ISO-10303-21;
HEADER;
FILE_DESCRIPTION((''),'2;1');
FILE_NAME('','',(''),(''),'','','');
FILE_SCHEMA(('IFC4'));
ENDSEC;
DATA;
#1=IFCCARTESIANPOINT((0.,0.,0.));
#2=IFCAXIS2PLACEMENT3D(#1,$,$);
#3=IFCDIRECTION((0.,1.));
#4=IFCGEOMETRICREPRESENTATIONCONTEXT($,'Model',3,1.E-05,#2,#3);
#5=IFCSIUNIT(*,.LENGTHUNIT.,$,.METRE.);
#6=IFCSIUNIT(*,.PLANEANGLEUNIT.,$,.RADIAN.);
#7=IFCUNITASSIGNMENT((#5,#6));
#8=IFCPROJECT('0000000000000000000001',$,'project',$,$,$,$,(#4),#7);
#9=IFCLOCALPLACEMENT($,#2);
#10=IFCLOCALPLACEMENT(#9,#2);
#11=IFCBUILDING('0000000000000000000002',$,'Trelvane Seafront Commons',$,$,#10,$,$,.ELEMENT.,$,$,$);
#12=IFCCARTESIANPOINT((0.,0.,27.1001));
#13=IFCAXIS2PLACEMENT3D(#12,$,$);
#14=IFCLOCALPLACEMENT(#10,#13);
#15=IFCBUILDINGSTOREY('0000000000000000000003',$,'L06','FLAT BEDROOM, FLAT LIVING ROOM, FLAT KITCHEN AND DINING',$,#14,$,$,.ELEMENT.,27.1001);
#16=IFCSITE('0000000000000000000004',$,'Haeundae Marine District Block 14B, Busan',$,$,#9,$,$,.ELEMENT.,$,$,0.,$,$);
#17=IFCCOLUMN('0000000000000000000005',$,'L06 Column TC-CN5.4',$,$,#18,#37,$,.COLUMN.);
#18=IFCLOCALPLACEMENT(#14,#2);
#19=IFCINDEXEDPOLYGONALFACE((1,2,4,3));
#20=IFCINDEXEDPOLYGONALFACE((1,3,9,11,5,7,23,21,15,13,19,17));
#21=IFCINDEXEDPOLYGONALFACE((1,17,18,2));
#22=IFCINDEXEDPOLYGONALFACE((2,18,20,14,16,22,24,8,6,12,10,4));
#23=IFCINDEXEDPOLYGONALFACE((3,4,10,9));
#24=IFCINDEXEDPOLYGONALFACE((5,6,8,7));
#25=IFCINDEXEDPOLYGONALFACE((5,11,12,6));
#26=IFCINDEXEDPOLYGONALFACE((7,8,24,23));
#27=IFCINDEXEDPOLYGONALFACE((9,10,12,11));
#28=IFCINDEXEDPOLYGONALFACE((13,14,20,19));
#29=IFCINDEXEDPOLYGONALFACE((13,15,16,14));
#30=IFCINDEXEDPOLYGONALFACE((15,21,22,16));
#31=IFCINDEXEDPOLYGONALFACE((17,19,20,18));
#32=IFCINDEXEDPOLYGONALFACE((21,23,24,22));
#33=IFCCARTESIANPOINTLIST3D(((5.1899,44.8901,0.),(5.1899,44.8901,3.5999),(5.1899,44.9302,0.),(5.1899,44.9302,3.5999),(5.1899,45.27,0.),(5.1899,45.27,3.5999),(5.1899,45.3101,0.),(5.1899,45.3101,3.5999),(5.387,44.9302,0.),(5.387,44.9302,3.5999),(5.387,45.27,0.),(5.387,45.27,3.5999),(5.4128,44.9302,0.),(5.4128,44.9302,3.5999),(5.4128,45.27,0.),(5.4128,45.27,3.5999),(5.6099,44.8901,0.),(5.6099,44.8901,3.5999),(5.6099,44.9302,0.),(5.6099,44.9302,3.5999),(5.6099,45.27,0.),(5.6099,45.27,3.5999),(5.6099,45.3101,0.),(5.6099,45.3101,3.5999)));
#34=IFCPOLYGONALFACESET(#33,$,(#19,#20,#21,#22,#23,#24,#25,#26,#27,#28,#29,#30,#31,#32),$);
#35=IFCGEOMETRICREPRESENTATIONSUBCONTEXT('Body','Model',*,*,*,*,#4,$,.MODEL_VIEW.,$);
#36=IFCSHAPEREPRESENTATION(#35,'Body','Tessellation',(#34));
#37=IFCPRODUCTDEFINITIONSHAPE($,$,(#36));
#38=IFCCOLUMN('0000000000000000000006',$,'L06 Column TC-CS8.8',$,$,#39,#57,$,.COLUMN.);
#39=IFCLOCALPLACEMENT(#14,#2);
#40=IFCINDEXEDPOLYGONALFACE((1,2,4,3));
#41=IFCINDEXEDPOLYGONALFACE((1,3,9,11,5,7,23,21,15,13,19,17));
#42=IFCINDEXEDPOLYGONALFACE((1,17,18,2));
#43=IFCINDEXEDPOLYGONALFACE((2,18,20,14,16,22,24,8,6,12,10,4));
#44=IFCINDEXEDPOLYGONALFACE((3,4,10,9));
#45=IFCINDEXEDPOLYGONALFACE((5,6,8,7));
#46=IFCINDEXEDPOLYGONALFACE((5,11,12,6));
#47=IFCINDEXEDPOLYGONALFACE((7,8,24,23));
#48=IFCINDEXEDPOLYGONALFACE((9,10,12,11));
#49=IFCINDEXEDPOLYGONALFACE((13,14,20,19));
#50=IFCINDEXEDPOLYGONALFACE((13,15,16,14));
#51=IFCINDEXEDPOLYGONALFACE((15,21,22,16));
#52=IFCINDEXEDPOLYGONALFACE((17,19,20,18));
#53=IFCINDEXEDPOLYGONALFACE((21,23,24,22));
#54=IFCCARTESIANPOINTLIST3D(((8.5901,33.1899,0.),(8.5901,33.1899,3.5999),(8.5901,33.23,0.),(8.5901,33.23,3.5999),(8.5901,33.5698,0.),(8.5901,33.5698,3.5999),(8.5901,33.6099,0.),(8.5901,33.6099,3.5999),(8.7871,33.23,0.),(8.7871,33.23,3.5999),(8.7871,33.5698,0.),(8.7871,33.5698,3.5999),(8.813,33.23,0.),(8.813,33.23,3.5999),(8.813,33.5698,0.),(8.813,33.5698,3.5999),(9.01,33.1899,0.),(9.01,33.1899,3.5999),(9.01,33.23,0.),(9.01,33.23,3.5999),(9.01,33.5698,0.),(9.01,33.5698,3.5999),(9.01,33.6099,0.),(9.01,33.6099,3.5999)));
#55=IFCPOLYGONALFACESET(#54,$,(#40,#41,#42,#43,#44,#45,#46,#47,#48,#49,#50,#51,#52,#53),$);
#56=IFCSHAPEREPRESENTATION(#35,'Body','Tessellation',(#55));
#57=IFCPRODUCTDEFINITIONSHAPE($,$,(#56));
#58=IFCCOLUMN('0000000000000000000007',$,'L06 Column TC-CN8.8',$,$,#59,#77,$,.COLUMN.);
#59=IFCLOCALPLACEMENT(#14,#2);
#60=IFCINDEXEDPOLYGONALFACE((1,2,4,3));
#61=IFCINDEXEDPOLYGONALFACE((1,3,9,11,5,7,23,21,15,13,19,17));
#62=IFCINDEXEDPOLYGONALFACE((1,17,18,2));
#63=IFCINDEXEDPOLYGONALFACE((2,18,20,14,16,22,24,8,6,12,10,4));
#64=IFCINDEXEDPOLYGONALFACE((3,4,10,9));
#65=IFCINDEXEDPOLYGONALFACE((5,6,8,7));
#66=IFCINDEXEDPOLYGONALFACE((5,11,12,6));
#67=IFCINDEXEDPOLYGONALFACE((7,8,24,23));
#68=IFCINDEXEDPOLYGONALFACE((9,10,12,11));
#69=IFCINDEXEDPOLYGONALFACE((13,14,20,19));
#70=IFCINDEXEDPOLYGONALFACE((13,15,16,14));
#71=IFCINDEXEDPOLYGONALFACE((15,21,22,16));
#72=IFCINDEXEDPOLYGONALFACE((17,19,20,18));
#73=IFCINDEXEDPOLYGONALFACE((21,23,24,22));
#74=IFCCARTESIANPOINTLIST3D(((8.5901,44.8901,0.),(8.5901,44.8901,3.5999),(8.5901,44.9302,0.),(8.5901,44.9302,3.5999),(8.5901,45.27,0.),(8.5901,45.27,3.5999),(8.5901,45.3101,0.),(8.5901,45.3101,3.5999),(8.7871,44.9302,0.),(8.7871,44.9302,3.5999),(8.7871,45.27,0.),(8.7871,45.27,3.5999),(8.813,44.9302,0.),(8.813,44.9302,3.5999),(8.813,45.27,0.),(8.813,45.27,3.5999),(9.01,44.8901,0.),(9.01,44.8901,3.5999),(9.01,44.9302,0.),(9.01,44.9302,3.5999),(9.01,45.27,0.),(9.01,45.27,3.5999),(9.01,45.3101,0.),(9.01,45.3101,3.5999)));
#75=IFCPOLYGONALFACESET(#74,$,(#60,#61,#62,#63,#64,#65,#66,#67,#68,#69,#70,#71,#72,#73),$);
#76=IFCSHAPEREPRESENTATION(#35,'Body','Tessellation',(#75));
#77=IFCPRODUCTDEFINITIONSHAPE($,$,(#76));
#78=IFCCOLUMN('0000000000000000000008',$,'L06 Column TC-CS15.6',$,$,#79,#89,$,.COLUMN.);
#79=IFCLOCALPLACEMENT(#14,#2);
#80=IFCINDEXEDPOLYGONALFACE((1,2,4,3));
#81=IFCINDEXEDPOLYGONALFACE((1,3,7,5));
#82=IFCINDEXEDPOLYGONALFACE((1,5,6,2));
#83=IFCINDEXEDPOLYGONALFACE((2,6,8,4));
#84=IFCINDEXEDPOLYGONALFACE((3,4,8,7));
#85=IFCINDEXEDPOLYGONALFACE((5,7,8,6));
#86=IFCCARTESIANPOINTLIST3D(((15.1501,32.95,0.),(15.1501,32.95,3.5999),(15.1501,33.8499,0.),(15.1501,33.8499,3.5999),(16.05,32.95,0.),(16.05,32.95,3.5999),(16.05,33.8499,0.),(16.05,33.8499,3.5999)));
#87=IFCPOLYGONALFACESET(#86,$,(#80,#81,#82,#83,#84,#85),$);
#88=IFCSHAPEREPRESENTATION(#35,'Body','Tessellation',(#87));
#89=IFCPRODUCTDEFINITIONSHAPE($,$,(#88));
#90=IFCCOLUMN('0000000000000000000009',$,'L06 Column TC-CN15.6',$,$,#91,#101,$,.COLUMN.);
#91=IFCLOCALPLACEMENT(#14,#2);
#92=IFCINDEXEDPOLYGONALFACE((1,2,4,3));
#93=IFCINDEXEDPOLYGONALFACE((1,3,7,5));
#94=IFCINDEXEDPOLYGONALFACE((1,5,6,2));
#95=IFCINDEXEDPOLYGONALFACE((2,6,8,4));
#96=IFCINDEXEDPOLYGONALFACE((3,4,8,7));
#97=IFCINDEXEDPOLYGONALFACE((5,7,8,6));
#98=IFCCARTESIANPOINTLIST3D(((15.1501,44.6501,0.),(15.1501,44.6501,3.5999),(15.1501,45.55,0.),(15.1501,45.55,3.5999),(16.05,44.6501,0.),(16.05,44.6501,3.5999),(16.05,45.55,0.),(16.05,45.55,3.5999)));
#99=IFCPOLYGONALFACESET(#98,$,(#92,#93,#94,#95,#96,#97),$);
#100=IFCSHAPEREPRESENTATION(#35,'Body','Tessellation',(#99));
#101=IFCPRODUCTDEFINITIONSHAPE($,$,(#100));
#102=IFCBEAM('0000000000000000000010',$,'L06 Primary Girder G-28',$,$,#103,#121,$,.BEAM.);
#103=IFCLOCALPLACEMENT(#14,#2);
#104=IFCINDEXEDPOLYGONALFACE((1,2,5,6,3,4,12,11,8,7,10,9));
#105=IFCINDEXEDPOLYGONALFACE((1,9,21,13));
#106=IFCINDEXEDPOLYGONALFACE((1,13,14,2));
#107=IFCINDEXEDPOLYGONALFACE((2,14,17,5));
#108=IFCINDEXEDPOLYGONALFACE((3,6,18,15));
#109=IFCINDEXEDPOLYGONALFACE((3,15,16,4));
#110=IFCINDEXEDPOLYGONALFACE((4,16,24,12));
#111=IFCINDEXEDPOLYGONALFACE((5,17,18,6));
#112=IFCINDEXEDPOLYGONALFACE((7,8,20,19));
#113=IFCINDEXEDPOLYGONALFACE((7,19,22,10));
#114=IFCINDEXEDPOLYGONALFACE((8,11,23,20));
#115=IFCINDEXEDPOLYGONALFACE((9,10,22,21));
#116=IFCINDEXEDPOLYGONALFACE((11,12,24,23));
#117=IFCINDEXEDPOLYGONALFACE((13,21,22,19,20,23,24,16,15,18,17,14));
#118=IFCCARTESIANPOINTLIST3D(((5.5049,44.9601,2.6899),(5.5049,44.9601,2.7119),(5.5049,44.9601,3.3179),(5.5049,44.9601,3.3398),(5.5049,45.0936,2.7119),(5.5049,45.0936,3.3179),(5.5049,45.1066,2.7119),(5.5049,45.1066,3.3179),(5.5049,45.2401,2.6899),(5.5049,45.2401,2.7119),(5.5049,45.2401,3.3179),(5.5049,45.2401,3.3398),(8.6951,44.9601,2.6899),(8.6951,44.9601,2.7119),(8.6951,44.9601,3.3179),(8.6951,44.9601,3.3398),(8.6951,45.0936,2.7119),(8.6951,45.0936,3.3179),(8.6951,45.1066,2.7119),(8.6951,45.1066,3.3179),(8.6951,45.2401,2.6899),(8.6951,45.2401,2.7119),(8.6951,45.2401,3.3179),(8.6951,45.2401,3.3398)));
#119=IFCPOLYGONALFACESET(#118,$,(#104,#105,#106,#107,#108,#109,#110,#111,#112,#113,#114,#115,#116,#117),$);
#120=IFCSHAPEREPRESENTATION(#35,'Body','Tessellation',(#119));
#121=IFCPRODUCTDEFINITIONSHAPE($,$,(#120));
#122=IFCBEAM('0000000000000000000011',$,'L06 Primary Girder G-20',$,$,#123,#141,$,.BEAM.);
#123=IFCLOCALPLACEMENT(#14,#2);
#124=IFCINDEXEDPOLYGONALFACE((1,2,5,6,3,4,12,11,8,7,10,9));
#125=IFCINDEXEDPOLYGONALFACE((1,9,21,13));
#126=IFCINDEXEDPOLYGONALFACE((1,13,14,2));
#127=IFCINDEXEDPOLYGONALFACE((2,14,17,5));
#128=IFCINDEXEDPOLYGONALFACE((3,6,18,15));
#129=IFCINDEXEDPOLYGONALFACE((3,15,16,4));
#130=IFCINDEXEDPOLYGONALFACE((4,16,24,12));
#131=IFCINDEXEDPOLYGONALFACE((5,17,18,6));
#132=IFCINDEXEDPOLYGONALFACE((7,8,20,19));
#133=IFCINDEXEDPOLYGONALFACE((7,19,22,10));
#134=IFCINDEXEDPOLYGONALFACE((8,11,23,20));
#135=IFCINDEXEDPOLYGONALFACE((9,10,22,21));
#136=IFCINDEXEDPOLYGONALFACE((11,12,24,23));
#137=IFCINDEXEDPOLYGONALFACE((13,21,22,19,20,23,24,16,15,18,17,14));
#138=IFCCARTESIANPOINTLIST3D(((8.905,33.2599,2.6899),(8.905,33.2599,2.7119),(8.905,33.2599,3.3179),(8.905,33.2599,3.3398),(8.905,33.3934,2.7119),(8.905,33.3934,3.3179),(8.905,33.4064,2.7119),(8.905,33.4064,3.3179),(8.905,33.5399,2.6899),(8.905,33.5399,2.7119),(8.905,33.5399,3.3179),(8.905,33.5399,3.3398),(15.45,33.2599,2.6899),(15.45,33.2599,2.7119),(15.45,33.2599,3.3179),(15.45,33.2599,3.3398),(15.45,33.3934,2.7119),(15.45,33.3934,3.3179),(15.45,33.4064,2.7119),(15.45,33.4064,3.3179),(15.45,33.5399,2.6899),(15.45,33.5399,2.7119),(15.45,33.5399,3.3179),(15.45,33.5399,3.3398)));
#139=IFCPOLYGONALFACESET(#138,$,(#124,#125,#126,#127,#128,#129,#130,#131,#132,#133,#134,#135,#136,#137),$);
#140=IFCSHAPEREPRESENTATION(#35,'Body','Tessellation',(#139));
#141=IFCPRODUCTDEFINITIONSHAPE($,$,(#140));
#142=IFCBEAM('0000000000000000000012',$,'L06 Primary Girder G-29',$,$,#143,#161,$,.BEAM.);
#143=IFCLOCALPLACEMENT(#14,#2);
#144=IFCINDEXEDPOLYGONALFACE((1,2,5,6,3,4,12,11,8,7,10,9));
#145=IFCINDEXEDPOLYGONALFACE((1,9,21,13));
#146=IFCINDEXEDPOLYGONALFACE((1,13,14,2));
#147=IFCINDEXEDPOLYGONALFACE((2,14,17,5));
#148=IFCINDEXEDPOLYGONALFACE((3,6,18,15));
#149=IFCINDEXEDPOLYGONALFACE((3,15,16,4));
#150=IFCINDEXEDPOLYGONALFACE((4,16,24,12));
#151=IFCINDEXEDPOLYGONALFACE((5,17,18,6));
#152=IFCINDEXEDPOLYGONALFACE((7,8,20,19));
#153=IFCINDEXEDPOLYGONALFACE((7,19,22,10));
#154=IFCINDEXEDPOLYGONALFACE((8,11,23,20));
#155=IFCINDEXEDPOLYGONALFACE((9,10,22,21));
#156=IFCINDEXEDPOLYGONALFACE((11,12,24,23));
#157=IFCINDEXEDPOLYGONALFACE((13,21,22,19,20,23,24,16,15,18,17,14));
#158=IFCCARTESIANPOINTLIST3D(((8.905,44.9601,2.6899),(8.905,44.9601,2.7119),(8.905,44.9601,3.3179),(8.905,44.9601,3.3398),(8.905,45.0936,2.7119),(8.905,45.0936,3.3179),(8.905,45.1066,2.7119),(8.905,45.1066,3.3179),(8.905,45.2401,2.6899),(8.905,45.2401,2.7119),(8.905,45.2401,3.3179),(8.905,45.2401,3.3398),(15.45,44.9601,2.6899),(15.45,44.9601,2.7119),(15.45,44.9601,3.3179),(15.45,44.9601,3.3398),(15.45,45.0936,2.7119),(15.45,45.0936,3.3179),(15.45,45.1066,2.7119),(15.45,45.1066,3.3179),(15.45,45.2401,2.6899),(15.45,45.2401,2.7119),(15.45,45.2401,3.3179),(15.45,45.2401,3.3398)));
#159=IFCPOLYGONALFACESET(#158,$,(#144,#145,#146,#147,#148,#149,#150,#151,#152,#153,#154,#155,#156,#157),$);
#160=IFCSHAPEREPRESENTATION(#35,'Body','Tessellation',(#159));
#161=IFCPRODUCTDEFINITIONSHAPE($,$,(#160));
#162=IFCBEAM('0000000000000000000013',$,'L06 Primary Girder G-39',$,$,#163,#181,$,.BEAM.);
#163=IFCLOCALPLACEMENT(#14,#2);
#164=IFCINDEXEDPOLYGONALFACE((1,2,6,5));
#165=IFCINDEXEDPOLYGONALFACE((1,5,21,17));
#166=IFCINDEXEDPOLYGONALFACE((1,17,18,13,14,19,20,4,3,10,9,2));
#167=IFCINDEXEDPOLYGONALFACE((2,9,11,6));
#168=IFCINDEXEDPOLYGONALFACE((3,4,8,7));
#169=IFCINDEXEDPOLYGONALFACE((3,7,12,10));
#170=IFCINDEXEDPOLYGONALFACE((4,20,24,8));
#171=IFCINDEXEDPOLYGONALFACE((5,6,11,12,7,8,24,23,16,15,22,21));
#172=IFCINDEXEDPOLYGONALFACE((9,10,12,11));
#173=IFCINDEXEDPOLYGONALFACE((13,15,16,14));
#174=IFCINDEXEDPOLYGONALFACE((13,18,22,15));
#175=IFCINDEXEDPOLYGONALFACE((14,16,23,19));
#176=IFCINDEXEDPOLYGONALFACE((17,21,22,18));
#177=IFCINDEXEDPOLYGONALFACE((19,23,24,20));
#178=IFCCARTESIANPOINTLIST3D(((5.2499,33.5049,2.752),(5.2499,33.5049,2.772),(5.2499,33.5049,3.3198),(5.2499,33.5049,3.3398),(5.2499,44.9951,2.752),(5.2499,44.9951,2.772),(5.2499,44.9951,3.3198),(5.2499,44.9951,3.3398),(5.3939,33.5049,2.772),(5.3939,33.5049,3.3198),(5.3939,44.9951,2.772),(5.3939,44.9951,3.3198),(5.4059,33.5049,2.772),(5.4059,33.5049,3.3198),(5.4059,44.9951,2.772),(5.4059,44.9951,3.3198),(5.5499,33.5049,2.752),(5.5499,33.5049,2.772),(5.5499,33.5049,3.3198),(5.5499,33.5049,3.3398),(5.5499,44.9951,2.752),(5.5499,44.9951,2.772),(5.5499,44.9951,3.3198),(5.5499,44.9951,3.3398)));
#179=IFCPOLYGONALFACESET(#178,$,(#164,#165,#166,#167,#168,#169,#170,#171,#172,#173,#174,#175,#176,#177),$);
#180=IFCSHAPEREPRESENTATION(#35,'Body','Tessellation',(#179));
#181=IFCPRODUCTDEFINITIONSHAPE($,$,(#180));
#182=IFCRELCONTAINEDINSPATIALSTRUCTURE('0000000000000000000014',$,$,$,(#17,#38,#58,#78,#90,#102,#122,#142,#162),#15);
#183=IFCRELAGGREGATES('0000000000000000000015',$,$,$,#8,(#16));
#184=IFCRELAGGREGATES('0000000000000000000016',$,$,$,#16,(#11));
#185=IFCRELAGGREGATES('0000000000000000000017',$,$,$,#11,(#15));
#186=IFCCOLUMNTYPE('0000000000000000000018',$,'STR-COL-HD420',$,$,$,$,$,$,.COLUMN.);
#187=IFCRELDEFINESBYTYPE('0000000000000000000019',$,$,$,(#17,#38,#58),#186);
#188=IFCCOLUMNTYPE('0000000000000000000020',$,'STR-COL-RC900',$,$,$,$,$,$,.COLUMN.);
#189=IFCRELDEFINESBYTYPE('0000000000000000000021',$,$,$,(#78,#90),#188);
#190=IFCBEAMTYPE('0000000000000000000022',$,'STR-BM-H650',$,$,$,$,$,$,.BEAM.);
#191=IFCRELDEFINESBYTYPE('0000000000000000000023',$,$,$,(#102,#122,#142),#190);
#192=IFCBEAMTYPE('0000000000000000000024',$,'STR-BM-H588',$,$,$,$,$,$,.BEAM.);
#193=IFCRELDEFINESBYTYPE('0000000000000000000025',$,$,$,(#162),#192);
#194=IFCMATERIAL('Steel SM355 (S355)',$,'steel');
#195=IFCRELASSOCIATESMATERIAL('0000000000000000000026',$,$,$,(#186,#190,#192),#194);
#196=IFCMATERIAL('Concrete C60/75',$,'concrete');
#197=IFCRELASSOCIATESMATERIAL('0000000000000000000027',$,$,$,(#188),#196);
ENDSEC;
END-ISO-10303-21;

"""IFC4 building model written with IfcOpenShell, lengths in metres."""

from ifc_helpers import new_model, si_unit, direction, frame, origin, origin_2d, place, context, subcontext, project, spatial, rectangle, i_section, extrude, source, transform, mapped, material, material_profile, profile_set, type_object, element, save


model = new_model("IFC4")

# Units and contexts
model_context = context("Model", 3, precision=1e-05, world=origin(), true_north=direction((0.0, 1.0)))
body_context = subcontext(model_context, "Body", "Model", "MODEL_VIEW")
ifc_project = project(units=[si_unit("LENGTHUNIT", "METRE"), si_unit("PLANEANGLEUNIT", "RADIAN")], contexts=[model_context])

# Site, building, storey
site_placement = place(None, origin())
site = spatial("IfcSite", under=ifc_project, at=site_placement, Name="Haeundae Marine District Block 14B, Busan", CompositionType="ELEMENT", RefElevation=0.0)
building_placement = place(site_placement, origin())
building = spatial("IfcBuilding", under=site, at=building_placement, Name="Trelvane Seafront Commons", CompositionType="ELEMENT")
storey_placement = place(building_placement, frame((0.0, 0.0, 27.1001)))
storey = spatial("IfcBuildingStorey", under=building, at=storey_placement, Name="L06", Description="FLAT BEDROOM, FLAT LIVING ROOM, FLAT KITCHEN AND DINING", CompositionType="ELEMENT", Elevation=27.1001)

# Columns
ifc_material_1 = material(Name="Steel SM355 (S355)", Category="steel")
ifc_material_profile_1 = material_profile(ifc_material_1, i_section(OverallWidth=0.4199, OverallDepth=0.4199, WebThickness=0.0259, FlangeThickness=0.04, at=origin_2d()), Name="HD-420x420x26x40")
ifc_profile_set_1 = profile_set([ifc_material_profile_1], Name="Steel SM355 (S355)")
column_type_1 = type_object("IfcColumnType", Name="STR-COL-HD420", PredefinedType="COLUMN", material=ifc_profile_set_1)
shared_shape_1 = source(origin(), body_context, "Body", "SweptSolid", [
    extrude(i_section(OverallWidth=0.4199, OverallDepth=0.4199, WebThickness=0.0259, FlangeThickness=0.04, at=origin_2d()), origin(), (0.0, 0.0, 1.0), 3.5999),
])
for number, where, z_axis, x_axis, name in (
    (1, (5.3999, 45.1001, 0.0), (0.0, 0.0, 1.0), (1.0, 0.0, 0.0), "L06 Column TC-CN5.4"),
    (2, (8.8, 33.3999, 0.0), (0.0, 0.0, 1.0), (1.0, 0.0, 0.0), "L06 Column TC-CS8.8"),
    (3, (8.8, 45.1001, 0.0), (0.0, 0.0, 1.0), (1.0, 0.0, 0.0), "L06 Column TC-CN8.8"),
):
    element("IfcColumn", number, at=place(storey_placement, frame(where, z_axis=z_axis, x_axis=x_axis)), inside=storey, type_object=column_type_1, Name=name, PredefinedType="COLUMN", context=body_context, shape_type="MappedRepresentation", body=[
        mapped(shared_shape_1, transform((0.0, 0.0, 0.0), x_axis=(1.0, 0.0, 0.0), y_axis=(0.0, 1.0, 0.0), z_axis=(0.0, 0.0, 1.0), scale=1.0)),
    ])
ifc_material_2 = material(Name="Concrete C60/75", Category="concrete")
ifc_material_profile_2 = material_profile(ifc_material_2, rectangle(XDim=0.8999, YDim=0.8999, at=origin_2d()), Name="RC-900x900")
ifc_profile_set_2 = profile_set([ifc_material_profile_2], Name="Concrete C60/75")
column_type_2 = type_object("IfcColumnType", Name="STR-COL-RC900", PredefinedType="COLUMN", material=ifc_profile_set_2)
shared_shape_2 = source(origin(), body_context, "Body", "SweptSolid", [
    extrude(rectangle(XDim=0.8999, YDim=0.8999, at=origin_2d()), origin(), (0.0, 0.0, 1.0), 3.5999),
])
for number, where, z_axis, x_axis, name in (
    (4, (15.6001, 33.3999, 0.0), (0.0, 0.0, 1.0), (1.0, 0.0, 0.0), "L06 Column TC-CS15.6"),
    (5, (15.6001, 45.1001, 0.0), (0.0, 0.0, 1.0), (1.0, 0.0, 0.0), "L06 Column TC-CN15.6"),
):
    element("IfcColumn", number, at=place(storey_placement, frame(where, z_axis=z_axis, x_axis=x_axis)), inside=storey, type_object=column_type_2, Name=name, PredefinedType="COLUMN", context=body_context, shape_type="MappedRepresentation", body=[
        mapped(shared_shape_2, transform((0.0, 0.0, 0.0), x_axis=(1.0, 0.0, 0.0), y_axis=(0.0, 1.0, 0.0), z_axis=(0.0, 0.0, 1.0), scale=1.0)),
    ])

# Beams
ifc_material_profile_3 = material_profile(ifc_material_1, i_section(OverallWidth=0.28, OverallDepth=0.6499, WebThickness=0.0129, FlangeThickness=0.022, at=origin_2d()), Name="H-650x280x13x22")
ifc_profile_set_3 = profile_set([ifc_material_profile_3], Name="Steel SM355 (S355)")
beam_type_1 = type_object("IfcBeamType", Name="STR-BM-H650", PredefinedType="BEAM", material=ifc_profile_set_3)
shared_shape_3 = source(origin(), body_context, "Body", "SweptSolid", [
    extrude(i_section(OverallWidth=0.28, OverallDepth=0.6499, WebThickness=0.0129, FlangeThickness=0.022, at=origin_2d()), origin(), (0.0, 0.0, 1.0), 3.1902),
])
beam_1_placement = place(storey_placement, frame((5.5049, 45.1001, 3.0149), z_axis=(1.0, 0.0, 0.0), x_axis=(0.0, 1.0, 0.0)))
element("IfcBeam", 6, at=beam_1_placement, inside=storey, type_object=beam_type_1, Name="L06 Primary Girder G-28", PredefinedType="BEAM", context=body_context, shape_type="MappedRepresentation", body=[
    mapped(shared_shape_3, transform((0.0, 0.0, 0.0), x_axis=(1.0, 0.0, 0.0), y_axis=(0.0, 1.0, 0.0), z_axis=(0.0, 0.0, 1.0), scale=1.0)),
])
shared_shape_4 = source(origin(), body_context, "Body", "SweptSolid", [
    extrude(i_section(OverallWidth=0.28, OverallDepth=0.6499, WebThickness=0.0129, FlangeThickness=0.022, at=origin_2d()), origin(), (0.0, 0.0, 1.0), 6.5449),
])
for number, where, z_axis, x_axis, name in (
    (7, (8.905, 33.3999, 3.0149), (1.0, 0.0, 0.0), (0.0, 1.0, 0.0), "L06 Primary Girder G-20"),
    (8, (8.905, 45.1001, 3.0149), (1.0, 0.0, 0.0), (0.0, 1.0, 0.0), "L06 Primary Girder G-29"),
):
    element("IfcBeam", number, at=place(storey_placement, frame(where, z_axis=z_axis, x_axis=x_axis)), inside=storey, type_object=beam_type_1, Name=name, PredefinedType="BEAM", context=body_context, shape_type="MappedRepresentation", body=[
        mapped(shared_shape_4, transform((0.0, 0.0, 0.0), x_axis=(1.0, 0.0, 0.0), y_axis=(0.0, 1.0, 0.0), z_axis=(0.0, 0.0, 1.0), scale=1.0)),
    ])
ifc_material_profile_4 = material_profile(ifc_material_1, i_section(OverallWidth=0.3, OverallDepth=0.5879, WebThickness=0.012, FlangeThickness=0.02, at=origin_2d()), Name="H-588x300x12x20")
ifc_profile_set_4 = profile_set([ifc_material_profile_4], Name="Steel SM355 (S355)")
beam_type_2 = type_object("IfcBeamType", Name="STR-BM-H588", PredefinedType="BEAM", material=ifc_profile_set_4)
shared_shape_5 = source(origin(), body_context, "Body", "SweptSolid", [
    extrude(i_section(OverallWidth=0.3, OverallDepth=0.5879, WebThickness=0.012, FlangeThickness=0.02, at=origin_2d()), origin(), (0.0, 0.0, 1.0), 11.4902),
])
for number, where, z_axis, x_axis, name in (
    (9, (5.3999, 33.5049, 3.0459), (0.0, 1.0, 0.0), (-1.0, 0.0, 0.0), "L06 Primary Girder G-39"),
):
    element("IfcBeam", number, at=place(storey_placement, frame(where, z_axis=z_axis, x_axis=x_axis)), inside=storey, type_object=beam_type_2, Name=name, PredefinedType="BEAM", context=body_context, shape_type="MappedRepresentation", body=[
        mapped(shared_shape_5, transform((0.0, 0.0, 0.0), x_axis=(1.0, 0.0, 0.0), y_axis=(0.0, 1.0, 0.0), z_axis=(0.0, 0.0, 1.0), scale=1.0)),
    ])

save(model, "model.ifc")
